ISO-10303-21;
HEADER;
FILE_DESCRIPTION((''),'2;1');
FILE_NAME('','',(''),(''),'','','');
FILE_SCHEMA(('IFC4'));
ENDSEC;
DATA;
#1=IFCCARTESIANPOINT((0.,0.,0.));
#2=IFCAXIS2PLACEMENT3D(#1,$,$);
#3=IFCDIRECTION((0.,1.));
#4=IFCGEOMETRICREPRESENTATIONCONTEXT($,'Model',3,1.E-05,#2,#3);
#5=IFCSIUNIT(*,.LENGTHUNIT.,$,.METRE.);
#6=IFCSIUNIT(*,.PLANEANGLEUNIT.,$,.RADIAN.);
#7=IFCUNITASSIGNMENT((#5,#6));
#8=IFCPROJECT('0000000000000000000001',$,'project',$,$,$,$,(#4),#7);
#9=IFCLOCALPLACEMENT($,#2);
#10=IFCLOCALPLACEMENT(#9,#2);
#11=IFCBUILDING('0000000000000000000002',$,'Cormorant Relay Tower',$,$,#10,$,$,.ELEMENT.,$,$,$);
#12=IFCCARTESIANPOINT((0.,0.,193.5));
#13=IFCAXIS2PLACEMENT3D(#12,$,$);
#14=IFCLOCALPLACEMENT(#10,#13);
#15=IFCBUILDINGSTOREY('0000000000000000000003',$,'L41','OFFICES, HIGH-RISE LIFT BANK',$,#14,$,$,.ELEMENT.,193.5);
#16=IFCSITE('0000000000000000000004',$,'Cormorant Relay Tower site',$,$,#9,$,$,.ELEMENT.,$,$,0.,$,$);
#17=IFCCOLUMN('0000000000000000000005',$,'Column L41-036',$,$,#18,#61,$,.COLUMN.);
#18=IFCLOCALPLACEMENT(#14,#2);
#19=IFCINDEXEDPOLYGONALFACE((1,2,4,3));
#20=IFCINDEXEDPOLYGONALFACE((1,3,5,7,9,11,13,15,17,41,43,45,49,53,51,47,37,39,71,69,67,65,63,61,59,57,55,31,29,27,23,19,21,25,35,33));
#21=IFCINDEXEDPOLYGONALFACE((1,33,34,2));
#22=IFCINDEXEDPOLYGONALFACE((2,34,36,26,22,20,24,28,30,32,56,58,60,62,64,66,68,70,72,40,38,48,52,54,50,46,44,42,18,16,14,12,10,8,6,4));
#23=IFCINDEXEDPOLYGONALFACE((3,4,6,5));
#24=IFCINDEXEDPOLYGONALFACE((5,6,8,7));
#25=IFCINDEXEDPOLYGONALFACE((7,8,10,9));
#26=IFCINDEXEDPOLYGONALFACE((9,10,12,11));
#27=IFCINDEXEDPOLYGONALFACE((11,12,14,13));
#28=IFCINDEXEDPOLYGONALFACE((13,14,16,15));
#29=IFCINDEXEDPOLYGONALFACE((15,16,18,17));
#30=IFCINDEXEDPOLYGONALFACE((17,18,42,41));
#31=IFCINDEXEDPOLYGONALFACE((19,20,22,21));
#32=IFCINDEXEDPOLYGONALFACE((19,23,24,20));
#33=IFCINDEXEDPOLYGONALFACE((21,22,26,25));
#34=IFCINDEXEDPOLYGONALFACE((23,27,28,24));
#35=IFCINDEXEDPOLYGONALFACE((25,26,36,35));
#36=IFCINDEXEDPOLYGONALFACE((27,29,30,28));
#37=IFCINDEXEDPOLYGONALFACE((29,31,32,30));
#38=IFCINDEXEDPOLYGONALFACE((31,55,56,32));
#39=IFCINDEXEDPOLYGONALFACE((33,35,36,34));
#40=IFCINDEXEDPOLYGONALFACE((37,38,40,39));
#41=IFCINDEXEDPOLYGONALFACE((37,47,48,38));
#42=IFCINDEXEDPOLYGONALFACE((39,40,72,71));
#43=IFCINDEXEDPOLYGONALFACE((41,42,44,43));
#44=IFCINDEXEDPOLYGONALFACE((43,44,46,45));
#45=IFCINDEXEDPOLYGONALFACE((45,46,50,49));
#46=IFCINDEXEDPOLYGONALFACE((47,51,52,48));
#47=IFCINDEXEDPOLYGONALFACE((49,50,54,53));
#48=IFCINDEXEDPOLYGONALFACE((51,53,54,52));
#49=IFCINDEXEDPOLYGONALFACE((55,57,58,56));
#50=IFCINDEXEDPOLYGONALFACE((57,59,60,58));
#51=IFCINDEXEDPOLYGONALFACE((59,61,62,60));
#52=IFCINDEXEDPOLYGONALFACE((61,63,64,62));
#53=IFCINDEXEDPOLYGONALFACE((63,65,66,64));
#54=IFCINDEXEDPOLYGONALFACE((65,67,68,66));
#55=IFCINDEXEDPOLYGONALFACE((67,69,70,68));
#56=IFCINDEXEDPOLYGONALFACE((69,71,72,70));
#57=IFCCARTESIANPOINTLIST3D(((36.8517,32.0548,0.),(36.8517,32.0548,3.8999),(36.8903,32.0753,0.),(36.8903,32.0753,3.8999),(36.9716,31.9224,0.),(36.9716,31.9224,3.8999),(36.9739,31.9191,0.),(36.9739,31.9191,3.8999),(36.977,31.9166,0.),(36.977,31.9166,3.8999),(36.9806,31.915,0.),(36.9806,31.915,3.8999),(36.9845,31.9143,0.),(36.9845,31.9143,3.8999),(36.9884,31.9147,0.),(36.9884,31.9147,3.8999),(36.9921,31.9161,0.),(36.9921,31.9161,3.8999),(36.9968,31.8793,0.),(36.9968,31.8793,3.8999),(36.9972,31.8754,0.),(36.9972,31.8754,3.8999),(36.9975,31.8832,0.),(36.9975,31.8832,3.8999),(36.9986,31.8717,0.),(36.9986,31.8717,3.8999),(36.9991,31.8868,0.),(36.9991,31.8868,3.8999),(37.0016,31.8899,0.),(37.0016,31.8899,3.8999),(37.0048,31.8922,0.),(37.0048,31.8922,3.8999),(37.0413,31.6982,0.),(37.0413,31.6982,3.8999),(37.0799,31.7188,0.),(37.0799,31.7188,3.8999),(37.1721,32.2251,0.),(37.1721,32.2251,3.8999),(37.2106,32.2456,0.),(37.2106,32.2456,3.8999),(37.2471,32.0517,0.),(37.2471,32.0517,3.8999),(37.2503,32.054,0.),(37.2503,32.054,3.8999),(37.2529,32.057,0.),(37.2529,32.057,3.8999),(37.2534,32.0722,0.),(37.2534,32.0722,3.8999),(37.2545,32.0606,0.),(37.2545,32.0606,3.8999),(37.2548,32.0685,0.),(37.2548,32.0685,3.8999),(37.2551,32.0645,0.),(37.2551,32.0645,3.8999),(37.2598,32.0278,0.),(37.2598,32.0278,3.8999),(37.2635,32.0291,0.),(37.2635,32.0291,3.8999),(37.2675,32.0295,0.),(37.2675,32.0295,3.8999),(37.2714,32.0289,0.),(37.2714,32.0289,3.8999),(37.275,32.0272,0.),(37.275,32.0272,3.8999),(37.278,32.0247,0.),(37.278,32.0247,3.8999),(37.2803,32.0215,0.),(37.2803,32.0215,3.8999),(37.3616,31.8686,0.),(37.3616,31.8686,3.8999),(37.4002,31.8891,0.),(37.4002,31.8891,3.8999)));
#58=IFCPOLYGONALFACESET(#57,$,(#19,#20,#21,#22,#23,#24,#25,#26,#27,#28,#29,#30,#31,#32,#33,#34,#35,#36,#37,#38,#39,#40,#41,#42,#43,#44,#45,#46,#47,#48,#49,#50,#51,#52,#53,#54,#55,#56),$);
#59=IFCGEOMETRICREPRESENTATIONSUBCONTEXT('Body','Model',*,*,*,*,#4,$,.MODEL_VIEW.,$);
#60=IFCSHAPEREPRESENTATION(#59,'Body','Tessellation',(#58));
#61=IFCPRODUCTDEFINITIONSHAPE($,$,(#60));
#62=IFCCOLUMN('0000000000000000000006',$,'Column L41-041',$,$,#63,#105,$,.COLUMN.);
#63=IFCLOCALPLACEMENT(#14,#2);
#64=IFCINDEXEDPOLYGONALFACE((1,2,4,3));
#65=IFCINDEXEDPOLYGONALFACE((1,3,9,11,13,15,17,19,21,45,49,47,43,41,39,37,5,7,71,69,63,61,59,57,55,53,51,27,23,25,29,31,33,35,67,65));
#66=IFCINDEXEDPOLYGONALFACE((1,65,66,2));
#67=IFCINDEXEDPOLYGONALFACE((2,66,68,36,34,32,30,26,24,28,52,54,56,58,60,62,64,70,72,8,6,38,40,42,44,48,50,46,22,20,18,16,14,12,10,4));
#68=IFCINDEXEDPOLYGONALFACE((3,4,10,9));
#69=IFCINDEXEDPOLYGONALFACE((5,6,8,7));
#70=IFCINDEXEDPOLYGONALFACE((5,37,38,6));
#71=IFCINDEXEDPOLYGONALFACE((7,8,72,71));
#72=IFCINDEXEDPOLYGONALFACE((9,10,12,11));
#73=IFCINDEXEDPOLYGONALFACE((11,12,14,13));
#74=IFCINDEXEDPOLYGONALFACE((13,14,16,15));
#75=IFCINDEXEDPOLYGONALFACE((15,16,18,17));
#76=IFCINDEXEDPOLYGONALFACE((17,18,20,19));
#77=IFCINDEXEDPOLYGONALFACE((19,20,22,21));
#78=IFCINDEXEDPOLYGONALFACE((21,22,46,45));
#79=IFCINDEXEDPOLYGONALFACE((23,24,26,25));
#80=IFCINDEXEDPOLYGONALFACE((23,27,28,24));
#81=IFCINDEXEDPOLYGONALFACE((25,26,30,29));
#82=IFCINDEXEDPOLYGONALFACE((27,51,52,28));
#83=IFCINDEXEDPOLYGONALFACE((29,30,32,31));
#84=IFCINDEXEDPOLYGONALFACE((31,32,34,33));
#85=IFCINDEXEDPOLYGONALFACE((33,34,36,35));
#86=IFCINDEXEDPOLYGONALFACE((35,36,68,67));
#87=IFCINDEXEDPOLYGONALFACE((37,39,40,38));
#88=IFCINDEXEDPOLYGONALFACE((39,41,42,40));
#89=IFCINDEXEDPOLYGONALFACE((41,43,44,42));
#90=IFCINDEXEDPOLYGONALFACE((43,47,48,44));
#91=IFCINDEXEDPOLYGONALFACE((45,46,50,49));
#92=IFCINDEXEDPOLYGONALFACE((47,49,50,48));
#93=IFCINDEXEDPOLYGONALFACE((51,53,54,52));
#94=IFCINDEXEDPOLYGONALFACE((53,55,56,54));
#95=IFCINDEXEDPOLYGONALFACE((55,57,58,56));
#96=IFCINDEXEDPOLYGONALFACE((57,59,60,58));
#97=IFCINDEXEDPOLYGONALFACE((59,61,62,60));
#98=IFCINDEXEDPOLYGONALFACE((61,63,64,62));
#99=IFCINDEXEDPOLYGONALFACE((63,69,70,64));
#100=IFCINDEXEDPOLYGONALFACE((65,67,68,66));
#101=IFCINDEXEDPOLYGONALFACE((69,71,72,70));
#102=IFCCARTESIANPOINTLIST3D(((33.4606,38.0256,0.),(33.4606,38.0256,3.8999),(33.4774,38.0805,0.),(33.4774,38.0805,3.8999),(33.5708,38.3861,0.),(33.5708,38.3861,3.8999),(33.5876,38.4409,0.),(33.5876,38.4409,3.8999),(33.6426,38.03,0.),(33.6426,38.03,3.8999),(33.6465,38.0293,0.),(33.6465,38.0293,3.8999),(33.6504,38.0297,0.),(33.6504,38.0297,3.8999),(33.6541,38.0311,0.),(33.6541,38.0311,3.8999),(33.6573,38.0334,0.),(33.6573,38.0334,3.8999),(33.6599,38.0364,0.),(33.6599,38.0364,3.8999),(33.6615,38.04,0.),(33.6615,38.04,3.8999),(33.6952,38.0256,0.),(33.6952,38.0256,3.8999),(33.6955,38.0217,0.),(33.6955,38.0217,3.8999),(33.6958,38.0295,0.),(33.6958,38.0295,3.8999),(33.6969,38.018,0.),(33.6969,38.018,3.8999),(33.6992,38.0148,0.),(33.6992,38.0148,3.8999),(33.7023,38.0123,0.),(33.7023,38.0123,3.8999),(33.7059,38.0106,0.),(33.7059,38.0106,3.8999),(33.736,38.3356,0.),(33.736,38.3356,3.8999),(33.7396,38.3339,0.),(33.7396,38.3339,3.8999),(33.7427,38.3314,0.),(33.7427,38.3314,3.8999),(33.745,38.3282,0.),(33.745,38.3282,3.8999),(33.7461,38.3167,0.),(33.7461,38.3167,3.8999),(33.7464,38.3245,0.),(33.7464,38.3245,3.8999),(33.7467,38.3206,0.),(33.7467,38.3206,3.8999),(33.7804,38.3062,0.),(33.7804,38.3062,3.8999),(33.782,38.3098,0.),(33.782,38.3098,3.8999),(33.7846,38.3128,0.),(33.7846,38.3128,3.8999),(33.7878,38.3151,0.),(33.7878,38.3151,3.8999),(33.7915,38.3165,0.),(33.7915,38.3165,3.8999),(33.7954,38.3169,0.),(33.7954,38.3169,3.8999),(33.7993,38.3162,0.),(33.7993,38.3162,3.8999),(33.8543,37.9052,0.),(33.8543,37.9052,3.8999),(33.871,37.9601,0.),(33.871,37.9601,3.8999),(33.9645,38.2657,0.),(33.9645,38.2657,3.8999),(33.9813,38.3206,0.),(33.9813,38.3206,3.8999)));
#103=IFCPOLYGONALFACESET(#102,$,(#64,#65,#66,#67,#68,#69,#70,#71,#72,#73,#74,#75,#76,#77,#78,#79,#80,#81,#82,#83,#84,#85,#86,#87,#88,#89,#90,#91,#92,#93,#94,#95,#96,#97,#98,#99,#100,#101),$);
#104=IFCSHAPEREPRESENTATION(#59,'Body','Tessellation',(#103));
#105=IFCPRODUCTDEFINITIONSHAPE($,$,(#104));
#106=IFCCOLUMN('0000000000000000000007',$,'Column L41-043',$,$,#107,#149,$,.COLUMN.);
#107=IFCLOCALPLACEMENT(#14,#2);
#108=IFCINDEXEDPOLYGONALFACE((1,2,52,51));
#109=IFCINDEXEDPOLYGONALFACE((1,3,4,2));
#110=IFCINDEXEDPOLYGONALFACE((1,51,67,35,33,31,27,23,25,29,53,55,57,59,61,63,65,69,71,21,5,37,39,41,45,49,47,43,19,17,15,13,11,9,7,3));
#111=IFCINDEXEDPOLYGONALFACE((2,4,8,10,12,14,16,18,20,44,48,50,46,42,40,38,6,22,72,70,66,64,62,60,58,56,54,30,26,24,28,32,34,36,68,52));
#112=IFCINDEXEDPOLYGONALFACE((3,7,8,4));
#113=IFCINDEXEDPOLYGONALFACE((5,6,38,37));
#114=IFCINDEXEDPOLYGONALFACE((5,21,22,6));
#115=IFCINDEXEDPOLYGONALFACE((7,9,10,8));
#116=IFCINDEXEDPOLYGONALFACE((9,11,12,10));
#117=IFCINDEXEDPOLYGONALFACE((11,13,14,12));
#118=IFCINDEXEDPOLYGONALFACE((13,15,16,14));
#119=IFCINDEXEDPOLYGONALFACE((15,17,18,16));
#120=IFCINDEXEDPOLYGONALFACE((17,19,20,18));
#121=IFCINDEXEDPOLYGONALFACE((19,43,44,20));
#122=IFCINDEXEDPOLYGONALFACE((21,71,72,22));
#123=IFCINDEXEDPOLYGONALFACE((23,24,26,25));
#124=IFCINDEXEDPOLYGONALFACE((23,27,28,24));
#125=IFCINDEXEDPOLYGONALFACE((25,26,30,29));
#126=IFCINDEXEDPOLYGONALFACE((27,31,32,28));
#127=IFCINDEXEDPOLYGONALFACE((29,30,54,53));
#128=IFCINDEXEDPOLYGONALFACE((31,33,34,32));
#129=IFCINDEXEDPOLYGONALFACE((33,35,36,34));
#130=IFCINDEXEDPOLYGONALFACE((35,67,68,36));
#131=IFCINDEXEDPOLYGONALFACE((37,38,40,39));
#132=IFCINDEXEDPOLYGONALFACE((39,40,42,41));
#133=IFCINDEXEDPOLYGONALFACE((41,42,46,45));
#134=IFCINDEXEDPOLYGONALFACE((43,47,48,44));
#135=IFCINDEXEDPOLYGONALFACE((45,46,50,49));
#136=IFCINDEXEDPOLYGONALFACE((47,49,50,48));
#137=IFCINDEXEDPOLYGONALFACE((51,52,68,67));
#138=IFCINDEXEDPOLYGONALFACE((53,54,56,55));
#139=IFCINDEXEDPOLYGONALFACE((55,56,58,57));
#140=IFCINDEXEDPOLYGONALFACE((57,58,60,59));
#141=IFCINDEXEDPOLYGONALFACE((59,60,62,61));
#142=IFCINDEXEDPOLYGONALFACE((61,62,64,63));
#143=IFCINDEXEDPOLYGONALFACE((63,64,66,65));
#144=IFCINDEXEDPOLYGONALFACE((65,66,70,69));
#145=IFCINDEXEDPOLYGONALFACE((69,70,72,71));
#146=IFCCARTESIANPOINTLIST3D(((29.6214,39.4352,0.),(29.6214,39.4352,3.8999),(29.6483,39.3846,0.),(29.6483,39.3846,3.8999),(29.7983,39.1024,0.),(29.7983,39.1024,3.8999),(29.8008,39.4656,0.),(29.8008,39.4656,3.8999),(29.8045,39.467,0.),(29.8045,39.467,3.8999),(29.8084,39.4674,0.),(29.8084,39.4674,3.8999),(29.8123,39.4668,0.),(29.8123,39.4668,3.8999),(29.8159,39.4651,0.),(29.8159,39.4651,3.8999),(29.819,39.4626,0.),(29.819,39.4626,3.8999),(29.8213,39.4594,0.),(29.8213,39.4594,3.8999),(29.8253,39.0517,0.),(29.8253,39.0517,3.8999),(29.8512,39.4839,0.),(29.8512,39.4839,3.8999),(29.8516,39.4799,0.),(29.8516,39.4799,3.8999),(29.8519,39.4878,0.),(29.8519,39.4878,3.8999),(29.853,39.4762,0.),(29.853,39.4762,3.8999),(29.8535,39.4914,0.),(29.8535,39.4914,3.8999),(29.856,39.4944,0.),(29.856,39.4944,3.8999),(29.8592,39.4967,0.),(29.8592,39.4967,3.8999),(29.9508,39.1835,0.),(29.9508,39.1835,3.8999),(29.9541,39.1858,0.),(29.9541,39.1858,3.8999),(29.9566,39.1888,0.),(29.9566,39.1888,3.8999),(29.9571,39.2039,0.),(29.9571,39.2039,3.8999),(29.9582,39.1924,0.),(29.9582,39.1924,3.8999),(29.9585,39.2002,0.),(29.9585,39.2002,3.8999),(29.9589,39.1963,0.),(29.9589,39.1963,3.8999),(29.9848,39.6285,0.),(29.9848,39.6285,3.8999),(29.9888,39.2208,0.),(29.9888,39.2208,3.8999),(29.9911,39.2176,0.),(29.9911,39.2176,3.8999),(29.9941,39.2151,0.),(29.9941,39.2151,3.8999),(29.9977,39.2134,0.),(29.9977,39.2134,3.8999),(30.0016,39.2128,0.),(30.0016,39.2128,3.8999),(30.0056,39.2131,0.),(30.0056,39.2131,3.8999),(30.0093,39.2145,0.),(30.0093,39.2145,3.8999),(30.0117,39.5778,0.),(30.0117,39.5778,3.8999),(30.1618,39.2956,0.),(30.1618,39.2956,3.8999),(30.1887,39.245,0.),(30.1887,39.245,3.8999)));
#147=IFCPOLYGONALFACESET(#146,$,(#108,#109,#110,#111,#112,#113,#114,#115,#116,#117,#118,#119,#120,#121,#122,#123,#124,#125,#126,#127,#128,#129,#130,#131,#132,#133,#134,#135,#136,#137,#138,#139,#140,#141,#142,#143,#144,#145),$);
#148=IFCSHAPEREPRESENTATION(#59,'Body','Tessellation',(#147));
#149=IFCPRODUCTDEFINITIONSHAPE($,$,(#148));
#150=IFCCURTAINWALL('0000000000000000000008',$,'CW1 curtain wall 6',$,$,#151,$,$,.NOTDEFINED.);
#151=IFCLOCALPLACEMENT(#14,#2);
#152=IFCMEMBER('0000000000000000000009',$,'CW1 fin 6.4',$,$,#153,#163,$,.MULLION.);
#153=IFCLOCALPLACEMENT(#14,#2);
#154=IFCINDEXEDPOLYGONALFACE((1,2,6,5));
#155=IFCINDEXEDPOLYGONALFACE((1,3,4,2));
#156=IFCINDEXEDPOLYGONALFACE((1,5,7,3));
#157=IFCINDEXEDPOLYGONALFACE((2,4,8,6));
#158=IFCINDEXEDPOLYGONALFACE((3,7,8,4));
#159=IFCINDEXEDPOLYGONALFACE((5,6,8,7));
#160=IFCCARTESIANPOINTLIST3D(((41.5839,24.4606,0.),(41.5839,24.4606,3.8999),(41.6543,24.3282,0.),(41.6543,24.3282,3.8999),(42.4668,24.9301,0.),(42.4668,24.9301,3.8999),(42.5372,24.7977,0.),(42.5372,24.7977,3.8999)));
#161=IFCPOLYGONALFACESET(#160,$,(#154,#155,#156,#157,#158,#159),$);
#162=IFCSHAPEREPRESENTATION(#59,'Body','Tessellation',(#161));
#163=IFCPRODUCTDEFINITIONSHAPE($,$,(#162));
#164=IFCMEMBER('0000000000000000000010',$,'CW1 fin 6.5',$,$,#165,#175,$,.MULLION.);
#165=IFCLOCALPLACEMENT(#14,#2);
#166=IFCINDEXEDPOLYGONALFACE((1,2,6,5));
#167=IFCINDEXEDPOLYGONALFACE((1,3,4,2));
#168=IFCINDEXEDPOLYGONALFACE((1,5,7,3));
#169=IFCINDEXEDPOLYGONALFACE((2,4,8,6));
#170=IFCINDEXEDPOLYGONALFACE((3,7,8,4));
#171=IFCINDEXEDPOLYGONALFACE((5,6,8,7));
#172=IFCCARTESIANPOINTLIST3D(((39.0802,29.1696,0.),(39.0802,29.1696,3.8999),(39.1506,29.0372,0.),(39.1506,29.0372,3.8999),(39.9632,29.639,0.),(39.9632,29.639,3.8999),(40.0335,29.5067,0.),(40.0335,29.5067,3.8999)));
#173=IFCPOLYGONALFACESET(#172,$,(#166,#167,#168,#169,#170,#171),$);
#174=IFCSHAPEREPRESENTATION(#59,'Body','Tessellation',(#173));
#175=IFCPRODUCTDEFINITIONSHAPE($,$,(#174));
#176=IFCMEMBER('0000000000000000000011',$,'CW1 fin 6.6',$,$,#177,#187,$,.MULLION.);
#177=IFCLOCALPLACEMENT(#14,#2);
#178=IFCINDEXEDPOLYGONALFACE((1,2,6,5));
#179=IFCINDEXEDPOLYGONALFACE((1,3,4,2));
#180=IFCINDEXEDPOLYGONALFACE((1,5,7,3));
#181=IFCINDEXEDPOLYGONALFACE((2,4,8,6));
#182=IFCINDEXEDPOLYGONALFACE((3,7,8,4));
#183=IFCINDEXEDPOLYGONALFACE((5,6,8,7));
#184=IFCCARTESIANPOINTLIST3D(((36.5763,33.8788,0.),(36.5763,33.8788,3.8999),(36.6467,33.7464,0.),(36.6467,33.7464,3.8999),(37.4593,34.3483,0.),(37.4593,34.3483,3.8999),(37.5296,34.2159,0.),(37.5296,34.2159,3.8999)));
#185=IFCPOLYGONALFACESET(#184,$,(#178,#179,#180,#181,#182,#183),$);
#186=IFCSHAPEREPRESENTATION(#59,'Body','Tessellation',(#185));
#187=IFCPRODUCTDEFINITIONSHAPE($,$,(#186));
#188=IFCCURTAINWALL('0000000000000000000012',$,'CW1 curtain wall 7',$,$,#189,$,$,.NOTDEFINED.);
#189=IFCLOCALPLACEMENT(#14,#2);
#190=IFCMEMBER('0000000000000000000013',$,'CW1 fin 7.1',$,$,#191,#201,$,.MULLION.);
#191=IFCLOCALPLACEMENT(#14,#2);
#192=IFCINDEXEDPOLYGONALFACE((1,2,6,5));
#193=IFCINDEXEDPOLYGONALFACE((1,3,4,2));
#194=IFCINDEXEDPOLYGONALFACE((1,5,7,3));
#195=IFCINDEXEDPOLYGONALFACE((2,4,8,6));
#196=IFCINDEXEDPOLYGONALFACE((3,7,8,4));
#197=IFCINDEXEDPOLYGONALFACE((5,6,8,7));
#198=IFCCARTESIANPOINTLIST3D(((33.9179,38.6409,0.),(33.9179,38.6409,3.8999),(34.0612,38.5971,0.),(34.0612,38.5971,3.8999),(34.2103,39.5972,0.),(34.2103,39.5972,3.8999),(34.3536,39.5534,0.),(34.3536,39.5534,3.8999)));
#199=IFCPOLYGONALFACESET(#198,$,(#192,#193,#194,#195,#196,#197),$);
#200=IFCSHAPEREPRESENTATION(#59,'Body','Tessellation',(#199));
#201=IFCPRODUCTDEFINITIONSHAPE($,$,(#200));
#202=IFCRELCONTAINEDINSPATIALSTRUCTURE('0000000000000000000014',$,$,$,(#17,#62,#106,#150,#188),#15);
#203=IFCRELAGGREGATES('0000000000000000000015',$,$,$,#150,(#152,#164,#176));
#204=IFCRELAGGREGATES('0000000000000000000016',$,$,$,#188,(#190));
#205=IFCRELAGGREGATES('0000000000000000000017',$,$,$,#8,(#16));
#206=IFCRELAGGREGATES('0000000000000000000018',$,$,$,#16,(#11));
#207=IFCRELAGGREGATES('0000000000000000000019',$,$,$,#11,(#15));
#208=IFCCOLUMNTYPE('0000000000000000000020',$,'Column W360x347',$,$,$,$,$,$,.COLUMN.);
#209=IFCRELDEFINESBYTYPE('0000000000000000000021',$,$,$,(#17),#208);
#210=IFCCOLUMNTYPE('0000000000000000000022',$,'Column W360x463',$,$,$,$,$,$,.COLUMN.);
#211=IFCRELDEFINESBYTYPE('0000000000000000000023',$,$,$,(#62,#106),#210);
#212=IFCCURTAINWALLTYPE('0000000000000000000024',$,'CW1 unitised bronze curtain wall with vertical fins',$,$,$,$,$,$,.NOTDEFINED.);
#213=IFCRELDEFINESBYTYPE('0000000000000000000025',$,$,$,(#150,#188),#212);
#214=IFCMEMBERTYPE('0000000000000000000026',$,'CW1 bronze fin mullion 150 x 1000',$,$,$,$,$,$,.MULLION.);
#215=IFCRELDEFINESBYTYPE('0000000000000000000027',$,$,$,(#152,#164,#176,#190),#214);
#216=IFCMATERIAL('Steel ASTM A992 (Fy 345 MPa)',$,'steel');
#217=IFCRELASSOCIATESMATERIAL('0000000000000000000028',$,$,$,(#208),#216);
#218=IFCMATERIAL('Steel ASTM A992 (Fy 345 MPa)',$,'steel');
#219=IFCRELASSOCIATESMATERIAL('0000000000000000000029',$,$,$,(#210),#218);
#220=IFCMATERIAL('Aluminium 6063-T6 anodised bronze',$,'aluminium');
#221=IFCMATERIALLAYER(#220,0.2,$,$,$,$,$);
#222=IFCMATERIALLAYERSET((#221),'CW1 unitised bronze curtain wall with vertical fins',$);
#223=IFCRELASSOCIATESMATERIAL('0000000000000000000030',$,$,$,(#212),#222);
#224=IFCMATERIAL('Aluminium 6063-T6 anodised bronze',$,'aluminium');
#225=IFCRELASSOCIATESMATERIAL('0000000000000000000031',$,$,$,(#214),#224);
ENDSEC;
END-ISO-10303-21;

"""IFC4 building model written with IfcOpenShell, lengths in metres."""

from ifc_helpers import new_model, si_unit, direction, frame, origin, origin_2d, place, context, subcontext, project, spatial, rectangle, i_section, extrude, material, layer, layer_set, material_profile, profile_set, type_object, element, aggregate, save


model = new_model("IFC4")

# Units and contexts
model_context = context("Model", 3, precision=1e-05, world=origin(), true_north=direction((0.0, 1.0)))
body_context = subcontext(model_context, "Body", "Model", "MODEL_VIEW")
ifc_project = project(units=[si_unit("LENGTHUNIT", "METRE"), si_unit("PLANEANGLEUNIT", "RADIAN")], contexts=[model_context])

# Site, building, storey
site_placement = place(None, origin())
site = spatial("IfcSite", under=ifc_project, at=site_placement, Name="Cormorant Relay Tower site", CompositionType="ELEMENT", RefElevation=0.0)
building_placement = place(site_placement, origin())
building = spatial("IfcBuilding", under=site, at=building_placement, Name="Cormorant Relay Tower", CompositionType="ELEMENT")
storey_placement = place(building_placement, frame((0.0, 0.0, 193.5)))
storey = spatial("IfcBuildingStorey", under=building, at=storey_placement, Name="L41", Description="OFFICES, HIGH-RISE LIFT BANK", CompositionType="ELEMENT", Elevation=193.5)

# Columns
ifc_material_1 = material(Name="Steel ASTM A992 (Fy 345 MPa)", Category="steel")
ifc_material_profile_1 = material_profile(ifc_material_1, i_section(OverallWidth=0.4038, OverallDepth=0.4065, WebThickness=0.0271, FlangeThickness=0.0437, FilletRadius=0.0151, at=origin_2d()), Name="W360x347")
ifc_profile_set_1 = profile_set([ifc_material_profile_1], Name="Steel ASTM A992 (Fy 345 MPa)")
column_type_1 = type_object("IfcColumnType", Name="Column W360x347", PredefinedType="COLUMN", material=ifc_profile_set_1)
column_placement = place(storey_placement, frame((37.126, 31.9719, 0.0), z_axis=(0.0, 0.0, 1.0), x_axis=(-0.469472, 0.882948, 0.0)))
element("IfcColumn", 1, at=column_placement, inside=storey, type_object=column_type_1, Name="Column L41-036", PredefinedType="COLUMN", context=body_context, shape_type="SweptSolid", body=[
    extrude(i_section(OverallWidth=0.4038, OverallDepth=0.4065, WebThickness=0.0271, FlangeThickness=0.0437, FilletRadius=0.0151, at=origin_2d()), origin(), (0.0, 0.0, 1.0), 3.8999),
])
ifc_material_2 = material(Name="Steel ASTM A992 (Fy 345 MPa)", Category="steel")
ifc_material_profile_2 = material_profile(ifc_material_2, i_section(OverallWidth=0.4116, OverallDepth=0.4343, WebThickness=0.0359, FlangeThickness=0.0574, FilletRadius=0.0151, at=origin_2d()), Name="W360x463")
ifc_profile_set_2 = profile_set([ifc_material_profile_2], Name="Steel ASTM A992 (Fy 345 MPa)")
column_type_2 = type_object("IfcColumnType", Name="Column W360x463", PredefinedType="COLUMN", material=ifc_profile_set_2)
for number, where, z_axis, x_axis, name in (
    (2, (33.7209, 38.1731, 0.0), (0.0, 0.0, 1.0), (-0.956305, 0.292372, 0.0), "Column L41-041"),
    (3, (29.905, 39.3401, 0.0), (0.0, 0.0, 1.0), (-0.882948, -0.469472, 0.0), "Column L41-043"),
):
    element("IfcColumn", number, at=place(storey_placement, frame(where, z_axis=z_axis, x_axis=x_axis)), inside=storey, type_object=column_type_2, Name=name, PredefinedType="COLUMN", context=body_context, shape_type="SweptSolid", body=[
        extrude(i_section(OverallWidth=0.4116, OverallDepth=0.4343, WebThickness=0.0359, FlangeThickness=0.0574, FilletRadius=0.0151, at=origin_2d()), origin(), (0.0, 0.0, 1.0), 3.8999),
    ])

# Curtain wall, members
ifc_material_3 = material(Name="Aluminium 6063-T6 anodised bronze", Category="aluminium")
ifc_layer_1 = layer(ifc_material_3, 0.2)
ifc_layer_set_1 = layer_set([ifc_layer_1], Name="CW1 unitised bronze curtain wall with vertical fins")
curtain_wall_type = type_object("IfcCurtainWallType", Name="CW1 unitised bronze curtain wall with vertical fins", PredefinedType="NOTDEFINED", material=ifc_layer_set_1)
curtain_wall_1_placement = place(storey_placement, origin())
curtain_wall_1 = element("IfcCurtainWall", 4, at=curtain_wall_1_placement, inside=storey, type_object=curtain_wall_type, Name="CW1 curtain wall 6", PredefinedType="NOTDEFINED")
ifc_material_4 = material(Name="Aluminium 6063-T6 anodised bronze", Category="aluminium")
ifc_material_profile_3 = material_profile(ifc_material_4, rectangle(XDim=0.1499, YDim=1.0, at=origin_2d()), Name="AL 150x1000")
ifc_profile_set_3 = profile_set([ifc_material_profile_3], Name="Aluminium 6063-T6 anodised bronze")
member_type_1 = type_object("IfcMemberType", Name="CW1 bronze fin mullion 150 x 1000", PredefinedType="MULLION", material=ifc_profile_set_3)
member_1_placement = place(storey_placement, frame((42.0605, 24.6292, 0.0), z_axis=(0.0, 0.0, 1.0), x_axis=(-0.469472, 0.882948, 0.0)))
member_1 = element("IfcMember", 5, at=member_1_placement, type_object=member_type_1, Name="CW1 fin 6.4", PredefinedType="MULLION", context=body_context, shape_type="SweptSolid", body=[
    extrude(rectangle(XDim=0.1499, YDim=1.0, at=origin_2d()), origin(), (0.0, 0.0, 1.0), 3.8999),
])
member_2_placement = place(storey_placement, frame((39.5569, 29.3381, 0.0), z_axis=(0.0, 0.0, 1.0), x_axis=(-0.469472, 0.882948, 0.0)))
member_2 = element("IfcMember", 6, at=member_2_placement, type_object=member_type_1, Name="CW1 fin 6.5", PredefinedType="MULLION", context=body_context, shape_type="SweptSolid", body=[
    extrude(rectangle(XDim=0.1499, YDim=1.0, at=origin_2d()), origin(), (0.0, 0.0, 1.0), 3.8999),
])
member_3_placement = place(storey_placement, frame((37.053, 34.0474, 0.0), z_axis=(0.0, 0.0, 1.0), x_axis=(-0.469472, 0.882948, 0.0)))
member_3 = element("IfcMember", 7, at=member_3_placement, type_object=member_type_1, Name="CW1 fin 6.6", PredefinedType="MULLION", context=body_context, shape_type="SweptSolid", body=[
    extrude(rectangle(XDim=0.1499, YDim=1.0, at=origin_2d()), origin(), (0.0, 0.0, 1.0), 3.8999),
])

# Curtain wall, member
curtain_wall_2_placement = place(storey_placement, origin())
curtain_wall_2 = element("IfcCurtainWall", 8, at=curtain_wall_2_placement, inside=storey, type_object=curtain_wall_type, Name="CW1 curtain wall 7", PredefinedType="NOTDEFINED")
member_4_placement = place(storey_placement, frame((34.1357, 39.0972, 0.0), z_axis=(0.0, 0.0, 1.0), x_axis=(-0.956305, 0.292372, 0.0)))
member_4 = element("IfcMember", 9, at=member_4_placement, type_object=member_type_1, Name="CW1 fin 7.1", PredefinedType="MULLION", context=body_context, shape_type="SweptSolid", body=[
    extrude(rectangle(XDim=0.1499, YDim=1.0, at=origin_2d()), origin(), (0.0, 0.0, 1.0), 3.8999),
])

aggregate(curtain_wall_1, [member_1, member_2, member_3])
aggregate(curtain_wall_2, [member_4])

save(model, "model.ifc")
